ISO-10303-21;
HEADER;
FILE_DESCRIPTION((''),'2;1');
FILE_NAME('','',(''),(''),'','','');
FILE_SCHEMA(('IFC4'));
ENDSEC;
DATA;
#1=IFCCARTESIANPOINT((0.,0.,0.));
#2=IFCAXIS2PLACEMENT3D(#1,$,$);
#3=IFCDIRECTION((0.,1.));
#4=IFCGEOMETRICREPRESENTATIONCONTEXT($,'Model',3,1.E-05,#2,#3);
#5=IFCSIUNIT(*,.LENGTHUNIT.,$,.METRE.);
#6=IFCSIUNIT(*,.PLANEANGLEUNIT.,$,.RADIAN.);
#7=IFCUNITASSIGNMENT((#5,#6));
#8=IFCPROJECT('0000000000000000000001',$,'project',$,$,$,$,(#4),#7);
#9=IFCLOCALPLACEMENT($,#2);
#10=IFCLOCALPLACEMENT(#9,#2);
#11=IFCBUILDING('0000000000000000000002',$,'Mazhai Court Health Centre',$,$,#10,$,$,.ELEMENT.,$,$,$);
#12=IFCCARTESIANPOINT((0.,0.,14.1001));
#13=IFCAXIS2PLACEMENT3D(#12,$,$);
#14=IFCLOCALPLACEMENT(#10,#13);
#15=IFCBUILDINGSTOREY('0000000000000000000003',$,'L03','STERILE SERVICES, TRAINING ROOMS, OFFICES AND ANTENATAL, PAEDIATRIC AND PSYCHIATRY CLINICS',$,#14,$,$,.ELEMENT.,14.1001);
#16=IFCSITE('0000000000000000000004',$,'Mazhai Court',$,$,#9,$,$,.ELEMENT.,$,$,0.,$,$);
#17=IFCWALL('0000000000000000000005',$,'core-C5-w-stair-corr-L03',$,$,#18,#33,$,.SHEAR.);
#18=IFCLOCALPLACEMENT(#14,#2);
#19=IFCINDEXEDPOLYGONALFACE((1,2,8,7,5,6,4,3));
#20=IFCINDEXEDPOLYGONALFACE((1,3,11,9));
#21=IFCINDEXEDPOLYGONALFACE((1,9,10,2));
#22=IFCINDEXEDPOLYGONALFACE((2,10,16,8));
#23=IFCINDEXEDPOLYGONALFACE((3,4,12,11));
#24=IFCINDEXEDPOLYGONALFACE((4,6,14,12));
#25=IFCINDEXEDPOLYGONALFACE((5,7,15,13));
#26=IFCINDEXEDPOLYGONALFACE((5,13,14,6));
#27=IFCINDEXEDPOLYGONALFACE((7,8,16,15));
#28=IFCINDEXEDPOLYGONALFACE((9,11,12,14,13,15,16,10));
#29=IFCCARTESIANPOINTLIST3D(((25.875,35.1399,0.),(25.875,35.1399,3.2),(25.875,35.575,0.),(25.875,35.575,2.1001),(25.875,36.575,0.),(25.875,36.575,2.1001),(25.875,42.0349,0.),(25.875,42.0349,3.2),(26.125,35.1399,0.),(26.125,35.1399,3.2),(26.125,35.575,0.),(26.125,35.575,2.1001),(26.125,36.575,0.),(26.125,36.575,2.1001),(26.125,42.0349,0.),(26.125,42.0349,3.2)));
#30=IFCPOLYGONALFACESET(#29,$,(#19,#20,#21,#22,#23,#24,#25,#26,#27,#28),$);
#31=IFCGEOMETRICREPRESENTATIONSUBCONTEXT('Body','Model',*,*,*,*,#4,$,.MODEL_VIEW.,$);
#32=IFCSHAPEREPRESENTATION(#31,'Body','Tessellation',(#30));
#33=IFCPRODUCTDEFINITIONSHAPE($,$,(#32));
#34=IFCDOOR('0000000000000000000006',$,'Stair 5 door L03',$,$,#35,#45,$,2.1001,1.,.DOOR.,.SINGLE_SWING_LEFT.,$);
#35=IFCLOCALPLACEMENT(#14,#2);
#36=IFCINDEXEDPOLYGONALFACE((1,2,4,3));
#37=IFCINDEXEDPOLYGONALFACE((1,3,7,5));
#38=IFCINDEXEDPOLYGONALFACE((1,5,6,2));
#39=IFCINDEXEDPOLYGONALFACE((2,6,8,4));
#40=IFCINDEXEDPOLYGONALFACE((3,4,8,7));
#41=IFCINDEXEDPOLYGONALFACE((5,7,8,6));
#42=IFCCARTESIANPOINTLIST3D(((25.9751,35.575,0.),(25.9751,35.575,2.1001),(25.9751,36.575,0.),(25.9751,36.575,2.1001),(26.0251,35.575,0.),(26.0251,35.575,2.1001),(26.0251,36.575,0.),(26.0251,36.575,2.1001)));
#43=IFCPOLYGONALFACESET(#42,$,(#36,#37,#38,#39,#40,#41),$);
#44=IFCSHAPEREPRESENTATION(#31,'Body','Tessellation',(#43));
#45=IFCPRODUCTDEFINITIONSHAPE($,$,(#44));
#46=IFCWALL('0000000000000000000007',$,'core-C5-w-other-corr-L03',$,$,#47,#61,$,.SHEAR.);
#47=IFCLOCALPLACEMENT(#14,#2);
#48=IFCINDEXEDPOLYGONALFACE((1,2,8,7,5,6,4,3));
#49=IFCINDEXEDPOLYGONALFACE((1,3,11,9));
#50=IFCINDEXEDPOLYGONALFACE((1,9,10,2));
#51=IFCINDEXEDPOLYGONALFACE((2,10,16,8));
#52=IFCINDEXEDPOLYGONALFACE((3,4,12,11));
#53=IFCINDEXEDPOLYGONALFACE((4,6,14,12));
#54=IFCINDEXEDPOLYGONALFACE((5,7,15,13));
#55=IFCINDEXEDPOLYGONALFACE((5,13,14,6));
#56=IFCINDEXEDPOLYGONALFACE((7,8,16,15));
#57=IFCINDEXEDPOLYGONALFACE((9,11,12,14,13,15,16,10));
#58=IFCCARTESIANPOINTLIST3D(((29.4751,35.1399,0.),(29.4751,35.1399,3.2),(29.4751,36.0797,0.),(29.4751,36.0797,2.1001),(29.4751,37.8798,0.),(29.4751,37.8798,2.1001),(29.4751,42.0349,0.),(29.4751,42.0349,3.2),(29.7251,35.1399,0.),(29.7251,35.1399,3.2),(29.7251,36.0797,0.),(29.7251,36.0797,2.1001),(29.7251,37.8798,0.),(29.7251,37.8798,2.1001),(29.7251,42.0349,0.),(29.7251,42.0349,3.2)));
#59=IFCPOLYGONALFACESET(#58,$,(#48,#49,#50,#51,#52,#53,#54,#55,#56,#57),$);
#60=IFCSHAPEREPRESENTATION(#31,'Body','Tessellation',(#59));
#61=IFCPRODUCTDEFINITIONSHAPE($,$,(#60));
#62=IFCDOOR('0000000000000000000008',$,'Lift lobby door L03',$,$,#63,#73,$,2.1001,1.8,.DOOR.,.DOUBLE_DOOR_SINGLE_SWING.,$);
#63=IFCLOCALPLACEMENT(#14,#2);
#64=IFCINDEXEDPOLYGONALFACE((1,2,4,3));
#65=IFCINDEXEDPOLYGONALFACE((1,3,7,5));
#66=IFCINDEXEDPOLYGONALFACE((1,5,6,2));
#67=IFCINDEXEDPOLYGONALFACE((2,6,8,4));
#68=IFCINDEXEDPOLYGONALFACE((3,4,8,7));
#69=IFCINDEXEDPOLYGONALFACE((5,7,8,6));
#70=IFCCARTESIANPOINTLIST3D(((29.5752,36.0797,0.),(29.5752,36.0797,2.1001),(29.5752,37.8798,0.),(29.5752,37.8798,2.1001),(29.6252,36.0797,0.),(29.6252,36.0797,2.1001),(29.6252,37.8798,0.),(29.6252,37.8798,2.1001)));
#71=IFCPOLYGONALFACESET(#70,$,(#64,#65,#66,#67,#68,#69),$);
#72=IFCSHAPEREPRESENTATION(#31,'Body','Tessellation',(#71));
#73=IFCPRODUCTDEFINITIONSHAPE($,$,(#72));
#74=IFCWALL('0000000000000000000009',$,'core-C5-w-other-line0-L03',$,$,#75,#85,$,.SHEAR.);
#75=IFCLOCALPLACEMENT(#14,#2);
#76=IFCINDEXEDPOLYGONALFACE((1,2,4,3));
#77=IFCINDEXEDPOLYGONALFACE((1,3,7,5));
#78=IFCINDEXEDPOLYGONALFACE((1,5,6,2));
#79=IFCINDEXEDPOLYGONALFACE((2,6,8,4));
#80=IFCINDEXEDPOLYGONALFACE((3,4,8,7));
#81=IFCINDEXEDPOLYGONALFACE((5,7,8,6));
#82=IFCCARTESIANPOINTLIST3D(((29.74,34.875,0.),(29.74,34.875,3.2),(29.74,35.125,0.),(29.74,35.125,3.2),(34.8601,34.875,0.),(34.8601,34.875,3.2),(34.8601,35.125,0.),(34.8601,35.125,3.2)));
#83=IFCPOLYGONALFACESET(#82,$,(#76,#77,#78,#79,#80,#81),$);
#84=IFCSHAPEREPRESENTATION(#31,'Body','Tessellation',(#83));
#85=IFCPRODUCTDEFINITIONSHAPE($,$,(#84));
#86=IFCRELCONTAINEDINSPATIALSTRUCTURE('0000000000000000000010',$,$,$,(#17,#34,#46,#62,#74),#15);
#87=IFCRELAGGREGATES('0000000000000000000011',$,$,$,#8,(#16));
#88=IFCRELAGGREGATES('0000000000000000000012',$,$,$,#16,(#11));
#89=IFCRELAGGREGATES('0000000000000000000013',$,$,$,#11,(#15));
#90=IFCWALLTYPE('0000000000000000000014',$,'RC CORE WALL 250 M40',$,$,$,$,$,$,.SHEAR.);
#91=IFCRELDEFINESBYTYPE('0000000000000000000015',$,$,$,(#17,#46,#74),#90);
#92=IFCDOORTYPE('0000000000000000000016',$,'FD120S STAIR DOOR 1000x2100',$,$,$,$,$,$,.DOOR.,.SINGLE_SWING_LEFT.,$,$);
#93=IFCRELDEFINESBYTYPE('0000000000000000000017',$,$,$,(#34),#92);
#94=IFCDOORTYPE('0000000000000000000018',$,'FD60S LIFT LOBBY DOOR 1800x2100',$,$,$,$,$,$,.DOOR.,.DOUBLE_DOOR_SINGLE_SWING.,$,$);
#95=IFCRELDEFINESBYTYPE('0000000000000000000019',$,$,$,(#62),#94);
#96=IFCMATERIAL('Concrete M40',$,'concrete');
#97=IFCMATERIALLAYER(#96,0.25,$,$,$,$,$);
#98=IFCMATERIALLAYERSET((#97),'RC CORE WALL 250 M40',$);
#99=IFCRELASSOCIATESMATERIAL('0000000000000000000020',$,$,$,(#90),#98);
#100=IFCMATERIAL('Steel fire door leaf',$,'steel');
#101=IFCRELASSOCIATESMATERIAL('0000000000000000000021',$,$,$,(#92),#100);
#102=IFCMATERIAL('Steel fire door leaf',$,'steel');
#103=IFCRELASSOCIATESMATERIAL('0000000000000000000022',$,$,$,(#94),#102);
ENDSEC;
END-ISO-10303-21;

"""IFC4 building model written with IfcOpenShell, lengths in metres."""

from ifc_helpers import new_model, si_unit, direction, frame, frame_2d, origin, place, context, subcontext, project, spatial, rectangle, extrude, material, layer, layer_set, type_object, element, fill, save


model = new_model("IFC4")

# Units and contexts
model_context = context("Model", 3, precision=1e-05, world=origin(), true_north=direction((0.0, 1.0)))
body_context = subcontext(model_context, "Body", "Model", "MODEL_VIEW")
ifc_project = project(units=[si_unit("LENGTHUNIT", "METRE"), si_unit("PLANEANGLEUNIT", "RADIAN")], contexts=[model_context])

# Site, building, storey
site_placement = place(None, origin())
site = spatial("IfcSite", under=ifc_project, at=site_placement, Name="Mazhai Court", CompositionType="ELEMENT", RefElevation=0.0)
building_placement = place(site_placement, origin())
building = spatial("IfcBuilding", under=site, at=building_placement, Name="Mazhai Court Health Centre", CompositionType="ELEMENT")
storey_placement = place(building_placement, frame((0.0, 0.0, 14.1001)))
storey = spatial("IfcBuildingStorey", under=building, at=storey_placement, Name="L03", Description="STERILE SERVICES, TRAINING ROOMS, OFFICES AND ANTENATAL, PAEDIATRIC AND PSYCHIATRY CLINICS", CompositionType="ELEMENT", Elevation=14.1001)

# Walls, openings, doors
ifc_material_1 = material(Name="Concrete M40", Category="concrete")
ifc_layer_1 = layer(ifc_material_1, 0.25)
ifc_layer_set_1 = layer_set([ifc_layer_1], Name="RC CORE WALL 250 M40")
wall_type_1 = type_object("IfcWallType", Name="RC CORE WALL 250 M40", PredefinedType="SHEAR", material=ifc_layer_set_1)
wall_1_placement = place(storey_placement, frame((26.0, 35.1399, 0.0), z_axis=(0.0, 0.0, 1.0), x_axis=(0.0, 1.0, 0.0)))
wall_1 = element("IfcWall", 1, at=wall_1_placement, inside=storey, type_object=wall_type_1, Name="core-C5-w-stair-corr-L03", PredefinedType="SHEAR", context=body_context, shape_type="SweptSolid", body=[
    extrude(rectangle(XDim=6.895, YDim=0.25, at=frame_2d((3.4475, 0.0))), origin(), (0.0, 0.0, 1.0), 3.2),
])
opening_1_placement = place(wall_1_placement, frame((0.4351, 0.0, 0.0)))
opening_1 = element("IfcOpeningElement", 2, at=opening_1_placement, cuts=wall_1, PredefinedType="OPENING", context=body_context, shape_type="SweptSolid", body=[
    extrude(rectangle(XDim=1.0, YDim=2.1001, at=frame_2d((0.5, 1.05))), frame((0.0, 0.135, 0.0), z_axis=(0.0, -1.0, 0.0), x_axis=(1.0, 0.0, 0.0)), (0.0, 0.0, 1.0), 0.27),
])
ifc_material_2 = material(Name="Steel fire door leaf", Category="steel")
door_type_1 = type_object("IfcDoorType", Name="FD120S STAIR DOOR 1000x2100", OperationType="SINGLE_SWING_LEFT", PredefinedType="DOOR", material=ifc_material_2)
door_1_placement = place(opening_1_placement, origin())
door_1 = element("IfcDoor", 3, at=door_1_placement, inside=storey, type_object=door_type_1, Name="Stair 5 door L03", OperationType="SINGLE_SWING_LEFT", OverallHeight=2.1001, OverallWidth=1.0, PredefinedType="DOOR", context=body_context, shape_type="SweptSolid", body=[
    extrude(rectangle(XDim=1.0, YDim=2.1001, at=frame_2d((0.5, 1.05))), frame((0.0, 0.0249, 0.0), z_axis=(0.0, -1.0, 0.0), x_axis=(1.0, 0.0, 0.0)), (0.0, 0.0, 1.0), 0.05),
])
fill(opening_1, door_1)
wall_2_placement = place(storey_placement, frame((29.6001, 35.1399, 0.0), z_axis=(0.0, 0.0, 1.0), x_axis=(0.0, 1.0, 0.0)))
wall_2 = element("IfcWall", 4, at=wall_2_placement, inside=storey, type_object=wall_type_1, Name="core-C5-w-other-corr-L03", PredefinedType="SHEAR", context=body_context, shape_type="SweptSolid", body=[
    extrude(rectangle(XDim=6.895, YDim=0.25, at=frame_2d((3.4475, 0.0))), origin(), (0.0, 0.0, 1.0), 3.2),
])
opening_2_placement = place(wall_2_placement, frame((0.9399, 0.0, 0.0)))
opening_2 = element("IfcOpeningElement", 5, at=opening_2_placement, cuts=wall_2, PredefinedType="OPENING", context=body_context, shape_type="SweptSolid", body=[
    extrude(rectangle(XDim=1.8, YDim=2.1001, at=frame_2d((0.8999, 1.05))), frame((0.0, 0.135, 0.0), z_axis=(0.0, -1.0, 0.0), x_axis=(1.0, 0.0, 0.0)), (0.0, 0.0, 1.0), 0.27),
])
ifc_material_3 = material(Name="Steel fire door leaf", Category="steel")
door_type_2 = type_object("IfcDoorType", Name="FD60S LIFT LOBBY DOOR 1800x2100", OperationType="DOUBLE_DOOR_SINGLE_SWING", PredefinedType="DOOR", material=ifc_material_3)
door_2_placement = place(opening_2_placement, origin())
door_2 = element("IfcDoor", 6, at=door_2_placement, inside=storey, type_object=door_type_2, Name="Lift lobby door L03", OperationType="DOUBLE_DOOR_SINGLE_SWING", OverallHeight=2.1001, OverallWidth=1.8, PredefinedType="DOOR", context=body_context, shape_type="SweptSolid", body=[
    extrude(rectangle(XDim=1.8, YDim=2.1001, at=frame_2d((0.8999, 1.05))), frame((0.0, 0.0249, 0.0), z_axis=(0.0, -1.0, 0.0), x_axis=(1.0, 0.0, 0.0)), (0.0, 0.0, 1.0), 0.05),
])
fill(opening_2, door_2)

# Wall
wall_3_placement = place(storey_placement, frame((29.74, 35.0, 0.0), z_axis=(0.0, 0.0, 1.0), x_axis=(1.0, 0.0, 0.0)))
element("IfcWall", 7, at=wall_3_placement, inside=storey, type_object=wall_type_1, Name="core-C5-w-other-line0-L03", PredefinedType="SHEAR", context=body_context, shape_type="SweptSolid", body=[
    extrude(rectangle(XDim=5.1201, YDim=0.25, at=frame_2d((2.5601, 0.0))), origin(), (0.0, 0.0, 1.0), 3.2),
])

save(model, "model.ifc")
